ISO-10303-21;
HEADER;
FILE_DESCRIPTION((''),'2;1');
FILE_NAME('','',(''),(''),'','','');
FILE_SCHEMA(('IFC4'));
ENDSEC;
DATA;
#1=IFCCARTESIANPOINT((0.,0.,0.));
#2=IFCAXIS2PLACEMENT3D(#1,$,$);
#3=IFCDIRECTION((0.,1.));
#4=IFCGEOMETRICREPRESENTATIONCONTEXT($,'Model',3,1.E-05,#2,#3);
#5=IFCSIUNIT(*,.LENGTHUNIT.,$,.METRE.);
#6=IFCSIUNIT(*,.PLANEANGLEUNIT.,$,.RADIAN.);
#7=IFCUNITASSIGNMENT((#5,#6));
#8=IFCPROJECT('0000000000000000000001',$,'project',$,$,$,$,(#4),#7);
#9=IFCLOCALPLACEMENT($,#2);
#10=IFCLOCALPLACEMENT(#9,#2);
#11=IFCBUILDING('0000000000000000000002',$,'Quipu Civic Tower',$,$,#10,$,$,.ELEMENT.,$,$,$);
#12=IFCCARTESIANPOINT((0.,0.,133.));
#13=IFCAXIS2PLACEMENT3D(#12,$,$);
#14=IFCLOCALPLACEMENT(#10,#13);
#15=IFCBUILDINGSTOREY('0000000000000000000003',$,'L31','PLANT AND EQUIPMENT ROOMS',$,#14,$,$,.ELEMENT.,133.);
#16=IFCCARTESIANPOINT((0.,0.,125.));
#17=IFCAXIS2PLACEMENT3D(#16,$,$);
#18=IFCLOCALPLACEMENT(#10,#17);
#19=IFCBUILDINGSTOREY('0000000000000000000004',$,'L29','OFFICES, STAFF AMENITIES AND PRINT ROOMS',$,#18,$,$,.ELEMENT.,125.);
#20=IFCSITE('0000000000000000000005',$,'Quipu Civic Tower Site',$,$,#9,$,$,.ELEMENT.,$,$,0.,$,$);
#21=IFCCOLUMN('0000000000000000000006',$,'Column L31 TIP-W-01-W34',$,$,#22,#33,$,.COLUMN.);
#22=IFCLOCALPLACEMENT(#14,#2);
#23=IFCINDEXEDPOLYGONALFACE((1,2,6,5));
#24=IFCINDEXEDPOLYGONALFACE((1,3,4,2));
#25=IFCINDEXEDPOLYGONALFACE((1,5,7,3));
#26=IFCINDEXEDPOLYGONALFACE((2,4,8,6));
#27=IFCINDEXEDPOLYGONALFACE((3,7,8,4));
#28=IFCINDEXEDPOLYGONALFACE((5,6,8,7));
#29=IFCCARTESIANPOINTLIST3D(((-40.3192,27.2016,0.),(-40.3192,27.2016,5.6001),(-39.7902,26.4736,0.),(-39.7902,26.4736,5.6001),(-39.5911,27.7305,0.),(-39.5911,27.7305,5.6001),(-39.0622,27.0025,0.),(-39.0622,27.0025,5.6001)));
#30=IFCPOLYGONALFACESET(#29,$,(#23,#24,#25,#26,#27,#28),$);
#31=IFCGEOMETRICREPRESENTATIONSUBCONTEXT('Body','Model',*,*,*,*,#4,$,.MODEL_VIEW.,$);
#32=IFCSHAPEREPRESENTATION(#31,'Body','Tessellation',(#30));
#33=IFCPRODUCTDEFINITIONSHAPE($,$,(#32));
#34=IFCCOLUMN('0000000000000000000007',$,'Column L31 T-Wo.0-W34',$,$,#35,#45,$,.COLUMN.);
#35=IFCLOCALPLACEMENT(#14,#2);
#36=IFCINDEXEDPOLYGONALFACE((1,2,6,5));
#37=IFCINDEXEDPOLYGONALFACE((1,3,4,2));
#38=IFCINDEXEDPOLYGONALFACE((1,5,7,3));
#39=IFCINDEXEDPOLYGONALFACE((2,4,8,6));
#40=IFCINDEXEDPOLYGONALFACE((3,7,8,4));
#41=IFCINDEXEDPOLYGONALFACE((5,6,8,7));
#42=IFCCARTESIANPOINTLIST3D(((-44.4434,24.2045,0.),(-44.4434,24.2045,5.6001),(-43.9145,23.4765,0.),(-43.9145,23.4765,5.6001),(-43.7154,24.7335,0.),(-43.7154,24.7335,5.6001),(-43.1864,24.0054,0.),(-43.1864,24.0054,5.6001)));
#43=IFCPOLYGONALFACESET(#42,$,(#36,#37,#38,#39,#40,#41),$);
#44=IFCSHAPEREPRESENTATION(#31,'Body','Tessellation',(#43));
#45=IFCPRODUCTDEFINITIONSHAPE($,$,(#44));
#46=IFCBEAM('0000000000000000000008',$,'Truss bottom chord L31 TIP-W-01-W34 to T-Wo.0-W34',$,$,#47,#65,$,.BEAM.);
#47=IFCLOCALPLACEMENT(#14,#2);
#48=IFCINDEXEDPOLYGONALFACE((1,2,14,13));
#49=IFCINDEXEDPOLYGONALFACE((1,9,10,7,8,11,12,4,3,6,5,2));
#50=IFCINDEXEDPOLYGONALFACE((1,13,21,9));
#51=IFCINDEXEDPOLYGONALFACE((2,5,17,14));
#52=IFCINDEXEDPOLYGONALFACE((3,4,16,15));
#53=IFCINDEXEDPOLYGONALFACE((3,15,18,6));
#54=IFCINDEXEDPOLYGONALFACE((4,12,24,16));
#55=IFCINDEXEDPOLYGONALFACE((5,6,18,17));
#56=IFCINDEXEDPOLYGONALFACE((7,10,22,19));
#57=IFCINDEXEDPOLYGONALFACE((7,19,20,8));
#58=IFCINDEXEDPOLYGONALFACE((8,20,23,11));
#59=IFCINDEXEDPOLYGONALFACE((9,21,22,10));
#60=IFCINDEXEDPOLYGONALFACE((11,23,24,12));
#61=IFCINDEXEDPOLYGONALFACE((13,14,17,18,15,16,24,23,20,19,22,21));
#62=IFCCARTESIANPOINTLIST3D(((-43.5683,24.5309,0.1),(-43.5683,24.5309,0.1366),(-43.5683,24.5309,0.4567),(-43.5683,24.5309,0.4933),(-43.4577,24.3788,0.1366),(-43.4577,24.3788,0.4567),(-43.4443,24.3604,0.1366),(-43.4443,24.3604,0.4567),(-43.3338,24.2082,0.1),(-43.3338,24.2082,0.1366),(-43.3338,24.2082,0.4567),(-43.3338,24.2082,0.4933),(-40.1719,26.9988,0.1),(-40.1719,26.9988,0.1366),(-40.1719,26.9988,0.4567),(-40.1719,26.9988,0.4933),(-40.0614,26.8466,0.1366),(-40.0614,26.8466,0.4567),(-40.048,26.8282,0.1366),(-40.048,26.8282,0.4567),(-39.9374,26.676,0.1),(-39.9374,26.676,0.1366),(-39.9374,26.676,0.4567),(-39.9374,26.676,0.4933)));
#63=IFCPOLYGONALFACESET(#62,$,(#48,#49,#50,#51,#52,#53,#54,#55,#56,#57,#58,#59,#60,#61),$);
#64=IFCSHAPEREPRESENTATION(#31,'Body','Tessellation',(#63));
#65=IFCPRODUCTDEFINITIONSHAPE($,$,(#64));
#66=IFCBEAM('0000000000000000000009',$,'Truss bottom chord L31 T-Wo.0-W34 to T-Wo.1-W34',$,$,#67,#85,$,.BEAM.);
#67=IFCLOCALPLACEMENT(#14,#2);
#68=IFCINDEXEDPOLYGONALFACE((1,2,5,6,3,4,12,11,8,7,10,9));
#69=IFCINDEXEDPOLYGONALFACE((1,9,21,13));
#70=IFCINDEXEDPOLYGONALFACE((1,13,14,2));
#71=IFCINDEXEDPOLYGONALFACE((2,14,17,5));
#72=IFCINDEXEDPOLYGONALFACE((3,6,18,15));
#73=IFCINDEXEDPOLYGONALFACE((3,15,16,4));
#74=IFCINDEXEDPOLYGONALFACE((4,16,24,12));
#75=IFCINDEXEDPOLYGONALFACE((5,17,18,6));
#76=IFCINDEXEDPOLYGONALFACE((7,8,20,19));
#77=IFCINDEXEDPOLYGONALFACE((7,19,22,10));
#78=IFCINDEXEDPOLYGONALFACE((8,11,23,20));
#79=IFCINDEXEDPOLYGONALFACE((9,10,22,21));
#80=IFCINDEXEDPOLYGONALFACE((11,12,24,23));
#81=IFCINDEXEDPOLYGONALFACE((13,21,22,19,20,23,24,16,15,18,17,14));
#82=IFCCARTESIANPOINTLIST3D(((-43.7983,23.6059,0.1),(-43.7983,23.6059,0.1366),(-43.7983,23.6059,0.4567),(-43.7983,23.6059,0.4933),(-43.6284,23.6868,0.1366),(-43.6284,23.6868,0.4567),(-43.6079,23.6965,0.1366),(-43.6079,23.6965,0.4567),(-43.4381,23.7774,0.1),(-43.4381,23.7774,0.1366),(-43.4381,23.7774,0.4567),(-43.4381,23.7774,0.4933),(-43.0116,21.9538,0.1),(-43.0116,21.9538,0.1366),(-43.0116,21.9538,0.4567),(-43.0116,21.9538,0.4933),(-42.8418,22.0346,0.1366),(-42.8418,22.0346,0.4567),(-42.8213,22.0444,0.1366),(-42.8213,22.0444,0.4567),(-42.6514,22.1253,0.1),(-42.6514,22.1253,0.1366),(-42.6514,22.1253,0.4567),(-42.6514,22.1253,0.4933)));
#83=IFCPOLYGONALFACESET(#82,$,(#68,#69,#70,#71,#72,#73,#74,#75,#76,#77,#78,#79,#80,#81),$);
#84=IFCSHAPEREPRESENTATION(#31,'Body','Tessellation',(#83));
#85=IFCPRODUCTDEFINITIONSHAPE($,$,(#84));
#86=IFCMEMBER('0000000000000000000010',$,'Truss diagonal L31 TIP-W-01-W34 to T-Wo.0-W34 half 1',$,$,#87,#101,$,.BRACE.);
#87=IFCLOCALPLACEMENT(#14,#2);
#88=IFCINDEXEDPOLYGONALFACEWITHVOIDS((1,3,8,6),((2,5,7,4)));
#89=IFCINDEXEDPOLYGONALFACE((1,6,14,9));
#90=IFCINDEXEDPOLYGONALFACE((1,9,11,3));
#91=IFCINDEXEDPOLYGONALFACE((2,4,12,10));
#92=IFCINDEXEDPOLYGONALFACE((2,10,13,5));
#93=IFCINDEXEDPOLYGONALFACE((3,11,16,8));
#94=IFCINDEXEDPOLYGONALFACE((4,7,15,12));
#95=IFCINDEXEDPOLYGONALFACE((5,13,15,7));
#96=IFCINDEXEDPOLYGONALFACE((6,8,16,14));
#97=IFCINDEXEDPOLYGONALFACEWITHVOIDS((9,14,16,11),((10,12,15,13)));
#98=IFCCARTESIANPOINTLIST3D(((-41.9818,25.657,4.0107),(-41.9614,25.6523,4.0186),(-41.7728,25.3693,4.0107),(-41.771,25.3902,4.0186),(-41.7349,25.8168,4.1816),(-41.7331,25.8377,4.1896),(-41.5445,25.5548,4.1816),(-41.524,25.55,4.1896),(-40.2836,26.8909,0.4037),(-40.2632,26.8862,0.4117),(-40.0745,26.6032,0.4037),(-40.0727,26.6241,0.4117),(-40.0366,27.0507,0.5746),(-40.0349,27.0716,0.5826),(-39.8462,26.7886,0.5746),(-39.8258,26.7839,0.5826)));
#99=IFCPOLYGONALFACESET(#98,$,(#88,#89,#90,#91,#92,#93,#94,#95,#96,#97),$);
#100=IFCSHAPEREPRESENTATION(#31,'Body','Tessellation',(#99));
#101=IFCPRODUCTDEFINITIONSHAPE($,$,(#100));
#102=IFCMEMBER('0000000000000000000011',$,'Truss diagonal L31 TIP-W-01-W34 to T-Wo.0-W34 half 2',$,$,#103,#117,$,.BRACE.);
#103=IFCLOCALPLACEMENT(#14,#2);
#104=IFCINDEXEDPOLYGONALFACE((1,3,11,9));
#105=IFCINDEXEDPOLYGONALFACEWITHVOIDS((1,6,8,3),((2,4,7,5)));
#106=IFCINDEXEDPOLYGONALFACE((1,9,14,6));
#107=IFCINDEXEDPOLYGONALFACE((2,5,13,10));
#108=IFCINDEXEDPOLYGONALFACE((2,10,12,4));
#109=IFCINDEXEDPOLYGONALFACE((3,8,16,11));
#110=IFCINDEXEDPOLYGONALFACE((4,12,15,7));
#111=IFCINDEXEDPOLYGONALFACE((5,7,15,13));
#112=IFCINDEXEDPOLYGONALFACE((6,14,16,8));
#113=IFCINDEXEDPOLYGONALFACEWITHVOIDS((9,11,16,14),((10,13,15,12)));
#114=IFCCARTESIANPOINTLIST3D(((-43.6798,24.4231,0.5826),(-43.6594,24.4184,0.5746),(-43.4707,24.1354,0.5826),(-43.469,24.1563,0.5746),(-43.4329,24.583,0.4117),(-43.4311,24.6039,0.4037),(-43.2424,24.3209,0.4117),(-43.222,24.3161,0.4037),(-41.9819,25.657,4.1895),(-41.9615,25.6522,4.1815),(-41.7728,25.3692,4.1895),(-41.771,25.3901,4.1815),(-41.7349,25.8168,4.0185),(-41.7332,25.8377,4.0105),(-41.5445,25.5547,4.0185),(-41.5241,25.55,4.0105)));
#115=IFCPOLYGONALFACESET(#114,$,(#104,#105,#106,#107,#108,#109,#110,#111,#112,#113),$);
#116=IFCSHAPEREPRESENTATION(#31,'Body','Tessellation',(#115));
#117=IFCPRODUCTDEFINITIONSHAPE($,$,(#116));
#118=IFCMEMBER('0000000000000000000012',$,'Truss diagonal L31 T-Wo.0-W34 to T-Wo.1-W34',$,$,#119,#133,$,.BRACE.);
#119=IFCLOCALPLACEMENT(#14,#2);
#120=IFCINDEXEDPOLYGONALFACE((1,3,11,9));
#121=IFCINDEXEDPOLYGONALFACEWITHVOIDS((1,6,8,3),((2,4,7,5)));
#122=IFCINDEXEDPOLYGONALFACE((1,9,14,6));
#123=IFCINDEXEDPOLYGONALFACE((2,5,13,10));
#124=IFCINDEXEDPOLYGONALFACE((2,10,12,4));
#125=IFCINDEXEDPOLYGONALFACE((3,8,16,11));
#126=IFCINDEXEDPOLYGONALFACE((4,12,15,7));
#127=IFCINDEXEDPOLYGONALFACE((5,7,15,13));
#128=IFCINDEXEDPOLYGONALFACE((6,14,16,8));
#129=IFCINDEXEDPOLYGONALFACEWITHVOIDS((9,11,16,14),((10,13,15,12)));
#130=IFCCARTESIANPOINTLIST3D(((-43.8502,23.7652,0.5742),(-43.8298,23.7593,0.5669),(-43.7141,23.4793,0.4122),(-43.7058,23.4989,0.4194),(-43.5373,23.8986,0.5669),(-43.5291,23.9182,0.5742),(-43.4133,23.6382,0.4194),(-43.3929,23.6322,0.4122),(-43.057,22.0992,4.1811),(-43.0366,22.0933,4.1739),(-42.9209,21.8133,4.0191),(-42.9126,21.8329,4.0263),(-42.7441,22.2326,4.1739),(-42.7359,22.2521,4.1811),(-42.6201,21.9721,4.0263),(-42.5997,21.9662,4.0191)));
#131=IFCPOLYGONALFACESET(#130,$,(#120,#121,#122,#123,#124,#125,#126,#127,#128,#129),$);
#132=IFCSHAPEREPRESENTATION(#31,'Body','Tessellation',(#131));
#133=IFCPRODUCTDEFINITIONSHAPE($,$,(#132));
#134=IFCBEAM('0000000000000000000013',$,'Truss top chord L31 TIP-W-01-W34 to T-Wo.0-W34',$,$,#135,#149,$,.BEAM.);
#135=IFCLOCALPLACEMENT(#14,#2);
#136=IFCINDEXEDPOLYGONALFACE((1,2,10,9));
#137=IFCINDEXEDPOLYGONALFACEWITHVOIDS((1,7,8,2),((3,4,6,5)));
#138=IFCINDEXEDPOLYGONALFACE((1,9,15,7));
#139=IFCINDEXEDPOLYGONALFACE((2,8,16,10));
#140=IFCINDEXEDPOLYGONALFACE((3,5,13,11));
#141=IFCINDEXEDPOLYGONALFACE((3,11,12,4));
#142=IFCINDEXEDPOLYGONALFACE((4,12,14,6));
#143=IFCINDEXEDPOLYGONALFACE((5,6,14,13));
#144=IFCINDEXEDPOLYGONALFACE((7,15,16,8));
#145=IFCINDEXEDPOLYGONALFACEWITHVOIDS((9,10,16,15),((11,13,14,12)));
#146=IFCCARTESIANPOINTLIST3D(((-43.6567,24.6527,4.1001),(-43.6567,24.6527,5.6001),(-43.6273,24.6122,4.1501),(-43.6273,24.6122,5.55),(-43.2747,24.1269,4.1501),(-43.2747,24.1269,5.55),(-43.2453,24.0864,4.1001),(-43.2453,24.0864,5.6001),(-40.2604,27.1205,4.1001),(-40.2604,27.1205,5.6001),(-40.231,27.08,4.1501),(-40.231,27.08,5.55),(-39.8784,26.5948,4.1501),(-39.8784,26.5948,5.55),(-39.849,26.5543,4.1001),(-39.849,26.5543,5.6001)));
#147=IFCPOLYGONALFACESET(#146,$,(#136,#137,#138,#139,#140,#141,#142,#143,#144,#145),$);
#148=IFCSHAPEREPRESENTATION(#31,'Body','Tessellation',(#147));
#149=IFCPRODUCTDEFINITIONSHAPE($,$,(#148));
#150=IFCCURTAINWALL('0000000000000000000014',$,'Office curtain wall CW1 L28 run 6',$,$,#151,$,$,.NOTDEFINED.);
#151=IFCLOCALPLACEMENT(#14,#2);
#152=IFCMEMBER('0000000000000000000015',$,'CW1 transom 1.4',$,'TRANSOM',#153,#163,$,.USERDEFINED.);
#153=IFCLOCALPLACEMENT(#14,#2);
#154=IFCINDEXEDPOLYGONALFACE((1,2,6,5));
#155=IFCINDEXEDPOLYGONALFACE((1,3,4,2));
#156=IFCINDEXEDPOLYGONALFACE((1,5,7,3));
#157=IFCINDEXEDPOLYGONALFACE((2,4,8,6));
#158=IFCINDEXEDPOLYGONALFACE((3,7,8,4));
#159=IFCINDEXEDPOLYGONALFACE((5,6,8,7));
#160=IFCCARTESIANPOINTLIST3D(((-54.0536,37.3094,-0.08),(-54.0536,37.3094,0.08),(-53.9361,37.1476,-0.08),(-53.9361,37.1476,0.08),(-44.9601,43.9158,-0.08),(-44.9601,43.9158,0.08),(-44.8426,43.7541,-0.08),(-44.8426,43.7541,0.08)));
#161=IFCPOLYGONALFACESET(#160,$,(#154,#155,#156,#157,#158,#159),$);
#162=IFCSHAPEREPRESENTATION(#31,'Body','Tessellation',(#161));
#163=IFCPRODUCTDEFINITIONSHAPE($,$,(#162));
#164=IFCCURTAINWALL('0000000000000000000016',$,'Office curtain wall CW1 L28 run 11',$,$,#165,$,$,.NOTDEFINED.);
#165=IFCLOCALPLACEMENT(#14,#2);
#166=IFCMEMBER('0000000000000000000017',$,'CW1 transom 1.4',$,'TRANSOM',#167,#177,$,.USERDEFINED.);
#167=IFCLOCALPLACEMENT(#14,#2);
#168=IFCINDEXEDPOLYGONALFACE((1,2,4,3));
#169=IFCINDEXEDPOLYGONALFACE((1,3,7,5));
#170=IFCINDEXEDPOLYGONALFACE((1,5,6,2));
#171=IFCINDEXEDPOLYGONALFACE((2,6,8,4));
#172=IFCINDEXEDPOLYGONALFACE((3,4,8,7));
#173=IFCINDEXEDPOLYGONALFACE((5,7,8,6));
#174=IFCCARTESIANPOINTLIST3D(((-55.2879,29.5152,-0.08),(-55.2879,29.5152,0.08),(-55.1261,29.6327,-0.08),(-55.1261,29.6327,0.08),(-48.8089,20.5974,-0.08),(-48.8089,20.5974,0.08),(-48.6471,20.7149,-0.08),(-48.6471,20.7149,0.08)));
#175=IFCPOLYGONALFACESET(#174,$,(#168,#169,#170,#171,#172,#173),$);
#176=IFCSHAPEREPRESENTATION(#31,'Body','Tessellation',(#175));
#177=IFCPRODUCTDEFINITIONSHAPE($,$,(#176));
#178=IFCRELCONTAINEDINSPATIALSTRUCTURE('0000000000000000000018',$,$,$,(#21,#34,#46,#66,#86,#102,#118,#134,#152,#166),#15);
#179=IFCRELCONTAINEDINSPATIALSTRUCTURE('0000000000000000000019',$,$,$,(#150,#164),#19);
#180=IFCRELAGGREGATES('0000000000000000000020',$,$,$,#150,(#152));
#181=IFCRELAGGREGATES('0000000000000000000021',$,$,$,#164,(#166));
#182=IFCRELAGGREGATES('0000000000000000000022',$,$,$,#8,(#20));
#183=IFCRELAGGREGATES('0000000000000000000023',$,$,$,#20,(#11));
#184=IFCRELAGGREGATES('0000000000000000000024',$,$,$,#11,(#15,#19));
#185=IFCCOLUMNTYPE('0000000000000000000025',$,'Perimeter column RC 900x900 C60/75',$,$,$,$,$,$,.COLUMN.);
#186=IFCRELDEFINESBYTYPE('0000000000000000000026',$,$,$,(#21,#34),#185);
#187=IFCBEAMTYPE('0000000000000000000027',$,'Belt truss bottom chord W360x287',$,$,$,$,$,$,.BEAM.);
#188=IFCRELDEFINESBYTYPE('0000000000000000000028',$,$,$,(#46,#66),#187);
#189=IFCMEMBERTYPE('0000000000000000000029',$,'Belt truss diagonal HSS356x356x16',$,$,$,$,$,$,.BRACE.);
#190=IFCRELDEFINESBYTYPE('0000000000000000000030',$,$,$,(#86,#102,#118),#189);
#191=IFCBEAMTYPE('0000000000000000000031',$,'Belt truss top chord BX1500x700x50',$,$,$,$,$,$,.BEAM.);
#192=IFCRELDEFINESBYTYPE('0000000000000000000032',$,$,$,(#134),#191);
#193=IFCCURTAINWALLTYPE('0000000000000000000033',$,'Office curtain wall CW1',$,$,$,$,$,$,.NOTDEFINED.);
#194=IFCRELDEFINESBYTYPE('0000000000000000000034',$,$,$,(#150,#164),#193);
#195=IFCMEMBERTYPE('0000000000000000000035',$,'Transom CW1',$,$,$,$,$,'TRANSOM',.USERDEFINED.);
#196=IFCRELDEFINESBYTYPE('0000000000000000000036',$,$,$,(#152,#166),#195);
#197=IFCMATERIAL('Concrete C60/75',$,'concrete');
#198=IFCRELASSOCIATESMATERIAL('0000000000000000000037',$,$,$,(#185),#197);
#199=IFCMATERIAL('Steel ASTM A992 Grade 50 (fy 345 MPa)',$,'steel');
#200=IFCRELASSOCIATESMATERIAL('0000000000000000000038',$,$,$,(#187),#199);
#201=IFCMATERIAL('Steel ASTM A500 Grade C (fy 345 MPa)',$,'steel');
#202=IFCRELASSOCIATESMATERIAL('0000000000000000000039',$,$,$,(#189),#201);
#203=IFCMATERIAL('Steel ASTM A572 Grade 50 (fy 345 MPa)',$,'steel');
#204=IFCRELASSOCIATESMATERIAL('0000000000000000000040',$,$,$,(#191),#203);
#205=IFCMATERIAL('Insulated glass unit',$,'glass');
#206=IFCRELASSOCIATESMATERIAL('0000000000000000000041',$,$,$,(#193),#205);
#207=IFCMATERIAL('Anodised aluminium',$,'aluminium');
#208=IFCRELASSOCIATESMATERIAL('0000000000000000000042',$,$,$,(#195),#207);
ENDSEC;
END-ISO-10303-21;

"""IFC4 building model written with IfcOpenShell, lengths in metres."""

from ifc_helpers import new_model, si_unit, direction, frame, origin, origin_2d, place, context, subcontext, project, spatial, rectangle, hollow_rectangle, i_section, extrude, material, material_profile, profile_set, type_object, element, aggregate, save


model = new_model("IFC4")

# Units and contexts
model_context = context("Model", 3, precision=1e-05, world=origin(), true_north=direction((0.0, 1.0)))
body_context = subcontext(model_context, "Body", "Model", "MODEL_VIEW")
ifc_project = project(units=[si_unit("LENGTHUNIT", "METRE"), si_unit("PLANEANGLEUNIT", "RADIAN")], contexts=[model_context])

# Site, building, storey
site_placement = place(None, origin())
site = spatial("IfcSite", under=ifc_project, at=site_placement, Name="Quipu Civic Tower Site", CompositionType="ELEMENT", RefElevation=0.0)
building_placement = place(site_placement, origin())
building = spatial("IfcBuilding", under=site, at=building_placement, Name="Quipu Civic Tower", CompositionType="ELEMENT")
storey_1_placement = place(building_placement, frame((0.0, 0.0, 133.0)))
storey_1 = spatial("IfcBuildingStorey", under=building, at=storey_1_placement, Name="L31", Description="PLANT AND EQUIPMENT ROOMS", CompositionType="ELEMENT", Elevation=133.0)

# Columns
ifc_material_1 = material(Name="Concrete C60/75", Category="concrete")
ifc_material_profile_1 = material_profile(ifc_material_1, rectangle(XDim=0.8999, YDim=0.8999, at=origin_2d()), Name="RC900x900")
ifc_profile_set_1 = profile_set([ifc_material_profile_1], Name="Concrete C60/75")
column_type = type_object("IfcColumnType", Name="Perimeter column RC 900x900 C60/75", PredefinedType="COLUMN", material=ifc_profile_set_1)
for number, where, z_axis, x_axis, name in (
    (1, (-39.6907, 27.1021, 0.0), (0.0, 0.0, 1.0), (-0.809017, -0.587785, 0.0), "Column L31 TIP-W-01-W34"),
    (2, (-43.8149, 24.105, 0.0), (0.0, 0.0, 1.0), (-0.809017, -0.587785, 0.0), "Column L31 T-Wo.0-W34"),
):
    element("IfcColumn", number, at=place(storey_1_placement, frame(where, z_axis=z_axis, x_axis=x_axis)), inside=storey_1, type_object=column_type, Name=name, PredefinedType="COLUMN", context=body_context, shape_type="SweptSolid", body=[
        extrude(rectangle(XDim=0.8999, YDim=0.8999, at=origin_2d()), origin(), (0.0, 0.0, 1.0), 5.6001),
    ])

# Beams
ifc_material_2 = material(Name="Steel ASTM A992 Grade 50 (fy 345 MPa)", Category="steel")
ifc_material_profile_2 = material_profile(ifc_material_2, i_section(OverallWidth=0.3989, OverallDepth=0.3933, WebThickness=0.0227, FlangeThickness=0.0366, at=origin_2d()), Name="W360x287")
ifc_profile_set_2 = profile_set([ifc_material_profile_2], Name="Steel ASTM A992 Grade 50 (fy 345 MPa)")
beam_type_1 = type_object("IfcBeamType", Name="Belt truss bottom chord W360x287", PredefinedType="BEAM", material=ifc_profile_set_2)
beam_1_placement = place(storey_1_placement, frame((-40.0547, 26.8374, 0.2966), z_axis=(-0.808987, -0.587826, 0.0), x_axis=(0.587826, -0.808987, 0.0)))
element("IfcBeam", 3, at=beam_1_placement, inside=storey_1, type_object=beam_type_1, Name="Truss bottom chord L31 TIP-W-01-W34 to T-Wo.0-W34", PredefinedType="BEAM", context=body_context, shape_type="SweptSolid", body=[
    extrude(i_section(OverallWidth=0.3989, OverallDepth=0.3933, WebThickness=0.0227, FlangeThickness=0.0366, at=origin_2d()), origin(), (0.0, 0.0, 1.0), 4.1982),
])
beam_2_placement = place(storey_1_placement, frame((-43.6182, 23.6917, 0.2966), z_axis=(0.429892, -0.90288, 0.0), x_axis=(0.90288, 0.429892, 0.0)))
element("IfcBeam", 4, at=beam_2_placement, inside=storey_1, type_object=beam_type_1, Name="Truss bottom chord L31 T-Wo.0-W34 to T-Wo.1-W34", PredefinedType="BEAM", context=body_context, shape_type="SweptSolid", body=[
    extrude(i_section(OverallWidth=0.3989, OverallDepth=0.3933, WebThickness=0.0227, FlangeThickness=0.0366, at=origin_2d()), origin(), (0.0, 0.0, 1.0), 1.8298),
])

# Members
ifc_material_3 = material(Name="Steel ASTM A500 Grade C (fy 345 MPa)", Category="steel")
ifc_material_profile_3 = material_profile(ifc_material_3, hollow_rectangle(XDim=0.3557, YDim=0.3557, WallThickness=0.0159, at=origin_2d()), Name="HSS356x356x16")
ifc_profile_set_3 = profile_set([ifc_material_profile_3], Name="Steel ASTM A500 Grade C (fy 345 MPa)")
member_type_1 = type_object("IfcMemberType", Name="Belt truss diagonal HSS356x356x16", PredefinedType="BRACE", material=ifc_profile_set_3)
member_1_placement = place(storey_1_placement, frame((-40.0547, 26.8374, 0.4932), z_axis=(-0.40693, -0.295662, 0.864287), x_axis=(0.587798, -0.809008, 0.0)))
element("IfcMember", 5, at=member_1_placement, inside=storey_1, type_object=member_type_1, Name="Truss diagonal L31 TIP-W-01-W34 to T-Wo.0-W34 half 1", PredefinedType="BRACE", context=body_context, shape_type="SweptSolid", body=[
    extrude(hollow_rectangle(XDim=0.3557, YDim=0.3557, WallThickness=0.0159, at=origin_2d()), origin(), (0.0, 0.0, 1.0), 4.1733),
])
member_2_placement = place(storey_1_placement, frame((-43.4509, 24.3696, 0.4932), z_axis=(0.406881, 0.295669, 0.864308), x_axis=(-0.587854, 0.808967, 0.0)))
element("IfcMember", 6, at=member_2_placement, inside=storey_1, type_object=member_type_1, Name="Truss diagonal L31 TIP-W-01-W34 to T-Wo.0-W34 half 2", PredefinedType="BRACE", context=body_context, shape_type="SweptSolid", body=[
    extrude(hollow_rectangle(XDim=0.3557, YDim=0.3557, WallThickness=0.0159, at=origin_2d()), origin(), (0.0, 0.0, 1.0), 4.1731),
])
member_3_placement = place(storey_1_placement, frame((-43.6216, 23.6987, 0.4932), z_axis=(0.195782, -0.411208, 0.890268), x_axis=(0.902887, 0.429877, 0.0)))
element("IfcMember", 7, at=member_3_placement, inside=storey_1, type_object=member_type_1, Name="Truss diagonal L31 T-Wo.0-W34 to T-Wo.1-W34", PredefinedType="BRACE", context=body_context, shape_type="SweptSolid", body=[
    extrude(hollow_rectangle(XDim=0.3557, YDim=0.3557, WallThickness=0.0159, at=origin_2d()), origin(), (0.0, 0.0, 1.0), 4.0515),
])

# Beam
ifc_material_4 = material(Name="Steel ASTM A572 Grade 50 (fy 345 MPa)", Category="steel")
ifc_material_profile_4 = material_profile(ifc_material_4, hollow_rectangle(XDim=0.7, YDim=1.5, WallThickness=0.05, at=origin_2d()), Name="BX1500x700x50")
ifc_profile_set_4 = profile_set([ifc_material_profile_4], Name="Steel ASTM A572 Grade 50 (fy 345 MPa)")
beam_type_2 = type_object("IfcBeamType", Name="Belt truss top chord BX1500x700x50", PredefinedType="BEAM", material=ifc_profile_set_4)
beam_3_placement = place(storey_1_placement, frame((-40.0547, 26.8374, 4.8501), z_axis=(-0.808987, -0.587826, 0.0), x_axis=(0.587826, -0.808987, 0.0)))
element("IfcBeam", 8, at=beam_3_placement, inside=storey_1, type_object=beam_type_2, Name="Truss top chord L31 TIP-W-01-W34 to T-Wo.0-W34", PredefinedType="BEAM", context=body_context, shape_type="SweptSolid", body=[
    extrude(hollow_rectangle(XDim=0.7, YDim=1.5, WallThickness=0.05, at=origin_2d()), origin(), (0.0, 0.0, 1.0), 4.1982),
])

# Shared definitions
storey_2_placement = place(building_placement, frame((0.0, 0.0, 125.0)))
storey_2 = spatial("IfcBuildingStorey", under=building, at=storey_2_placement, Name="L29", Description="OFFICES, STAFF AMENITIES AND PRINT ROOMS", CompositionType="ELEMENT", Elevation=125.0)

# Curtain walls, members
ifc_material_5 = material(Name="Insulated glass unit", Category="glass")
curtain_wall_type = type_object("IfcCurtainWallType", Name="Office curtain wall CW1", PredefinedType="NOTDEFINED", material=ifc_material_5)
curtain_wall_1_placement = place(storey_2_placement, origin())
curtain_wall_1 = element("IfcCurtainWall", 9, at=curtain_wall_1_placement, inside=storey_2, type_object=curtain_wall_type, Name="Office curtain wall CW1 L28 run 6", PredefinedType="NOTDEFINED")
ifc_material_6 = material(Name="Anodised aluminium", Category="aluminium")
ifc_material_profile_5 = material_profile(ifc_material_6, rectangle(XDim=0.2, YDim=0.1599, at=origin_2d()), Name="RECT 200x160")
ifc_profile_set_5 = profile_set([ifc_material_profile_5], Name="Anodised aluminium")
member_type_2 = type_object("IfcMemberType", Name="Transom CW1", ElementType="TRANSOM", PredefinedType="USERDEFINED", material=ifc_profile_set_5)
member_4_placement = place(storey_1_placement, frame((-44.9014, 43.835, 0.0), z_axis=(-0.809033, -0.587764, 0.0), x_axis=(0.587764, -0.809033, 0.0)))
member_4 = element("IfcMember", 10, at=member_4_placement, inside=storey_1, type_object=member_type_2, Name="CW1 transom 1.4", ObjectType="TRANSOM", PredefinedType="USERDEFINED", context=body_context, shape_type="SweptSolid", body=[
    extrude(rectangle(XDim=0.2, YDim=0.1599, at=origin_2d()), origin(), (0.0, 0.0, 1.0), 11.24),
])
aggregate(curtain_wall_1, [member_4])
curtain_wall_2_placement = place(storey_2_placement, origin())
curtain_wall_2 = element("IfcCurtainWall", 11, at=curtain_wall_2_placement, inside=storey_2, type_object=curtain_wall_type, Name="Office curtain wall CW1 L28 run 11", PredefinedType="NOTDEFINED")
member_5_placement = place(storey_1_placement, frame((-55.207, 29.574, 0.0), z_axis=(0.587779, -0.809021, 0.0), x_axis=(0.809021, 0.587779, 0.0)))
member_5 = element("IfcMember", 12, at=member_5_placement, inside=storey_1, type_object=member_type_2, Name="CW1 transom 1.4", ObjectType="TRANSOM", PredefinedType="USERDEFINED", context=body_context, shape_type="SweptSolid", body=[
    extrude(rectangle(XDim=0.2, YDim=0.1599, at=origin_2d()), origin(), (0.0, 0.0, 1.0), 11.0229),
])
aggregate(curtain_wall_2, [member_5])

save(model, "model.ifc")
